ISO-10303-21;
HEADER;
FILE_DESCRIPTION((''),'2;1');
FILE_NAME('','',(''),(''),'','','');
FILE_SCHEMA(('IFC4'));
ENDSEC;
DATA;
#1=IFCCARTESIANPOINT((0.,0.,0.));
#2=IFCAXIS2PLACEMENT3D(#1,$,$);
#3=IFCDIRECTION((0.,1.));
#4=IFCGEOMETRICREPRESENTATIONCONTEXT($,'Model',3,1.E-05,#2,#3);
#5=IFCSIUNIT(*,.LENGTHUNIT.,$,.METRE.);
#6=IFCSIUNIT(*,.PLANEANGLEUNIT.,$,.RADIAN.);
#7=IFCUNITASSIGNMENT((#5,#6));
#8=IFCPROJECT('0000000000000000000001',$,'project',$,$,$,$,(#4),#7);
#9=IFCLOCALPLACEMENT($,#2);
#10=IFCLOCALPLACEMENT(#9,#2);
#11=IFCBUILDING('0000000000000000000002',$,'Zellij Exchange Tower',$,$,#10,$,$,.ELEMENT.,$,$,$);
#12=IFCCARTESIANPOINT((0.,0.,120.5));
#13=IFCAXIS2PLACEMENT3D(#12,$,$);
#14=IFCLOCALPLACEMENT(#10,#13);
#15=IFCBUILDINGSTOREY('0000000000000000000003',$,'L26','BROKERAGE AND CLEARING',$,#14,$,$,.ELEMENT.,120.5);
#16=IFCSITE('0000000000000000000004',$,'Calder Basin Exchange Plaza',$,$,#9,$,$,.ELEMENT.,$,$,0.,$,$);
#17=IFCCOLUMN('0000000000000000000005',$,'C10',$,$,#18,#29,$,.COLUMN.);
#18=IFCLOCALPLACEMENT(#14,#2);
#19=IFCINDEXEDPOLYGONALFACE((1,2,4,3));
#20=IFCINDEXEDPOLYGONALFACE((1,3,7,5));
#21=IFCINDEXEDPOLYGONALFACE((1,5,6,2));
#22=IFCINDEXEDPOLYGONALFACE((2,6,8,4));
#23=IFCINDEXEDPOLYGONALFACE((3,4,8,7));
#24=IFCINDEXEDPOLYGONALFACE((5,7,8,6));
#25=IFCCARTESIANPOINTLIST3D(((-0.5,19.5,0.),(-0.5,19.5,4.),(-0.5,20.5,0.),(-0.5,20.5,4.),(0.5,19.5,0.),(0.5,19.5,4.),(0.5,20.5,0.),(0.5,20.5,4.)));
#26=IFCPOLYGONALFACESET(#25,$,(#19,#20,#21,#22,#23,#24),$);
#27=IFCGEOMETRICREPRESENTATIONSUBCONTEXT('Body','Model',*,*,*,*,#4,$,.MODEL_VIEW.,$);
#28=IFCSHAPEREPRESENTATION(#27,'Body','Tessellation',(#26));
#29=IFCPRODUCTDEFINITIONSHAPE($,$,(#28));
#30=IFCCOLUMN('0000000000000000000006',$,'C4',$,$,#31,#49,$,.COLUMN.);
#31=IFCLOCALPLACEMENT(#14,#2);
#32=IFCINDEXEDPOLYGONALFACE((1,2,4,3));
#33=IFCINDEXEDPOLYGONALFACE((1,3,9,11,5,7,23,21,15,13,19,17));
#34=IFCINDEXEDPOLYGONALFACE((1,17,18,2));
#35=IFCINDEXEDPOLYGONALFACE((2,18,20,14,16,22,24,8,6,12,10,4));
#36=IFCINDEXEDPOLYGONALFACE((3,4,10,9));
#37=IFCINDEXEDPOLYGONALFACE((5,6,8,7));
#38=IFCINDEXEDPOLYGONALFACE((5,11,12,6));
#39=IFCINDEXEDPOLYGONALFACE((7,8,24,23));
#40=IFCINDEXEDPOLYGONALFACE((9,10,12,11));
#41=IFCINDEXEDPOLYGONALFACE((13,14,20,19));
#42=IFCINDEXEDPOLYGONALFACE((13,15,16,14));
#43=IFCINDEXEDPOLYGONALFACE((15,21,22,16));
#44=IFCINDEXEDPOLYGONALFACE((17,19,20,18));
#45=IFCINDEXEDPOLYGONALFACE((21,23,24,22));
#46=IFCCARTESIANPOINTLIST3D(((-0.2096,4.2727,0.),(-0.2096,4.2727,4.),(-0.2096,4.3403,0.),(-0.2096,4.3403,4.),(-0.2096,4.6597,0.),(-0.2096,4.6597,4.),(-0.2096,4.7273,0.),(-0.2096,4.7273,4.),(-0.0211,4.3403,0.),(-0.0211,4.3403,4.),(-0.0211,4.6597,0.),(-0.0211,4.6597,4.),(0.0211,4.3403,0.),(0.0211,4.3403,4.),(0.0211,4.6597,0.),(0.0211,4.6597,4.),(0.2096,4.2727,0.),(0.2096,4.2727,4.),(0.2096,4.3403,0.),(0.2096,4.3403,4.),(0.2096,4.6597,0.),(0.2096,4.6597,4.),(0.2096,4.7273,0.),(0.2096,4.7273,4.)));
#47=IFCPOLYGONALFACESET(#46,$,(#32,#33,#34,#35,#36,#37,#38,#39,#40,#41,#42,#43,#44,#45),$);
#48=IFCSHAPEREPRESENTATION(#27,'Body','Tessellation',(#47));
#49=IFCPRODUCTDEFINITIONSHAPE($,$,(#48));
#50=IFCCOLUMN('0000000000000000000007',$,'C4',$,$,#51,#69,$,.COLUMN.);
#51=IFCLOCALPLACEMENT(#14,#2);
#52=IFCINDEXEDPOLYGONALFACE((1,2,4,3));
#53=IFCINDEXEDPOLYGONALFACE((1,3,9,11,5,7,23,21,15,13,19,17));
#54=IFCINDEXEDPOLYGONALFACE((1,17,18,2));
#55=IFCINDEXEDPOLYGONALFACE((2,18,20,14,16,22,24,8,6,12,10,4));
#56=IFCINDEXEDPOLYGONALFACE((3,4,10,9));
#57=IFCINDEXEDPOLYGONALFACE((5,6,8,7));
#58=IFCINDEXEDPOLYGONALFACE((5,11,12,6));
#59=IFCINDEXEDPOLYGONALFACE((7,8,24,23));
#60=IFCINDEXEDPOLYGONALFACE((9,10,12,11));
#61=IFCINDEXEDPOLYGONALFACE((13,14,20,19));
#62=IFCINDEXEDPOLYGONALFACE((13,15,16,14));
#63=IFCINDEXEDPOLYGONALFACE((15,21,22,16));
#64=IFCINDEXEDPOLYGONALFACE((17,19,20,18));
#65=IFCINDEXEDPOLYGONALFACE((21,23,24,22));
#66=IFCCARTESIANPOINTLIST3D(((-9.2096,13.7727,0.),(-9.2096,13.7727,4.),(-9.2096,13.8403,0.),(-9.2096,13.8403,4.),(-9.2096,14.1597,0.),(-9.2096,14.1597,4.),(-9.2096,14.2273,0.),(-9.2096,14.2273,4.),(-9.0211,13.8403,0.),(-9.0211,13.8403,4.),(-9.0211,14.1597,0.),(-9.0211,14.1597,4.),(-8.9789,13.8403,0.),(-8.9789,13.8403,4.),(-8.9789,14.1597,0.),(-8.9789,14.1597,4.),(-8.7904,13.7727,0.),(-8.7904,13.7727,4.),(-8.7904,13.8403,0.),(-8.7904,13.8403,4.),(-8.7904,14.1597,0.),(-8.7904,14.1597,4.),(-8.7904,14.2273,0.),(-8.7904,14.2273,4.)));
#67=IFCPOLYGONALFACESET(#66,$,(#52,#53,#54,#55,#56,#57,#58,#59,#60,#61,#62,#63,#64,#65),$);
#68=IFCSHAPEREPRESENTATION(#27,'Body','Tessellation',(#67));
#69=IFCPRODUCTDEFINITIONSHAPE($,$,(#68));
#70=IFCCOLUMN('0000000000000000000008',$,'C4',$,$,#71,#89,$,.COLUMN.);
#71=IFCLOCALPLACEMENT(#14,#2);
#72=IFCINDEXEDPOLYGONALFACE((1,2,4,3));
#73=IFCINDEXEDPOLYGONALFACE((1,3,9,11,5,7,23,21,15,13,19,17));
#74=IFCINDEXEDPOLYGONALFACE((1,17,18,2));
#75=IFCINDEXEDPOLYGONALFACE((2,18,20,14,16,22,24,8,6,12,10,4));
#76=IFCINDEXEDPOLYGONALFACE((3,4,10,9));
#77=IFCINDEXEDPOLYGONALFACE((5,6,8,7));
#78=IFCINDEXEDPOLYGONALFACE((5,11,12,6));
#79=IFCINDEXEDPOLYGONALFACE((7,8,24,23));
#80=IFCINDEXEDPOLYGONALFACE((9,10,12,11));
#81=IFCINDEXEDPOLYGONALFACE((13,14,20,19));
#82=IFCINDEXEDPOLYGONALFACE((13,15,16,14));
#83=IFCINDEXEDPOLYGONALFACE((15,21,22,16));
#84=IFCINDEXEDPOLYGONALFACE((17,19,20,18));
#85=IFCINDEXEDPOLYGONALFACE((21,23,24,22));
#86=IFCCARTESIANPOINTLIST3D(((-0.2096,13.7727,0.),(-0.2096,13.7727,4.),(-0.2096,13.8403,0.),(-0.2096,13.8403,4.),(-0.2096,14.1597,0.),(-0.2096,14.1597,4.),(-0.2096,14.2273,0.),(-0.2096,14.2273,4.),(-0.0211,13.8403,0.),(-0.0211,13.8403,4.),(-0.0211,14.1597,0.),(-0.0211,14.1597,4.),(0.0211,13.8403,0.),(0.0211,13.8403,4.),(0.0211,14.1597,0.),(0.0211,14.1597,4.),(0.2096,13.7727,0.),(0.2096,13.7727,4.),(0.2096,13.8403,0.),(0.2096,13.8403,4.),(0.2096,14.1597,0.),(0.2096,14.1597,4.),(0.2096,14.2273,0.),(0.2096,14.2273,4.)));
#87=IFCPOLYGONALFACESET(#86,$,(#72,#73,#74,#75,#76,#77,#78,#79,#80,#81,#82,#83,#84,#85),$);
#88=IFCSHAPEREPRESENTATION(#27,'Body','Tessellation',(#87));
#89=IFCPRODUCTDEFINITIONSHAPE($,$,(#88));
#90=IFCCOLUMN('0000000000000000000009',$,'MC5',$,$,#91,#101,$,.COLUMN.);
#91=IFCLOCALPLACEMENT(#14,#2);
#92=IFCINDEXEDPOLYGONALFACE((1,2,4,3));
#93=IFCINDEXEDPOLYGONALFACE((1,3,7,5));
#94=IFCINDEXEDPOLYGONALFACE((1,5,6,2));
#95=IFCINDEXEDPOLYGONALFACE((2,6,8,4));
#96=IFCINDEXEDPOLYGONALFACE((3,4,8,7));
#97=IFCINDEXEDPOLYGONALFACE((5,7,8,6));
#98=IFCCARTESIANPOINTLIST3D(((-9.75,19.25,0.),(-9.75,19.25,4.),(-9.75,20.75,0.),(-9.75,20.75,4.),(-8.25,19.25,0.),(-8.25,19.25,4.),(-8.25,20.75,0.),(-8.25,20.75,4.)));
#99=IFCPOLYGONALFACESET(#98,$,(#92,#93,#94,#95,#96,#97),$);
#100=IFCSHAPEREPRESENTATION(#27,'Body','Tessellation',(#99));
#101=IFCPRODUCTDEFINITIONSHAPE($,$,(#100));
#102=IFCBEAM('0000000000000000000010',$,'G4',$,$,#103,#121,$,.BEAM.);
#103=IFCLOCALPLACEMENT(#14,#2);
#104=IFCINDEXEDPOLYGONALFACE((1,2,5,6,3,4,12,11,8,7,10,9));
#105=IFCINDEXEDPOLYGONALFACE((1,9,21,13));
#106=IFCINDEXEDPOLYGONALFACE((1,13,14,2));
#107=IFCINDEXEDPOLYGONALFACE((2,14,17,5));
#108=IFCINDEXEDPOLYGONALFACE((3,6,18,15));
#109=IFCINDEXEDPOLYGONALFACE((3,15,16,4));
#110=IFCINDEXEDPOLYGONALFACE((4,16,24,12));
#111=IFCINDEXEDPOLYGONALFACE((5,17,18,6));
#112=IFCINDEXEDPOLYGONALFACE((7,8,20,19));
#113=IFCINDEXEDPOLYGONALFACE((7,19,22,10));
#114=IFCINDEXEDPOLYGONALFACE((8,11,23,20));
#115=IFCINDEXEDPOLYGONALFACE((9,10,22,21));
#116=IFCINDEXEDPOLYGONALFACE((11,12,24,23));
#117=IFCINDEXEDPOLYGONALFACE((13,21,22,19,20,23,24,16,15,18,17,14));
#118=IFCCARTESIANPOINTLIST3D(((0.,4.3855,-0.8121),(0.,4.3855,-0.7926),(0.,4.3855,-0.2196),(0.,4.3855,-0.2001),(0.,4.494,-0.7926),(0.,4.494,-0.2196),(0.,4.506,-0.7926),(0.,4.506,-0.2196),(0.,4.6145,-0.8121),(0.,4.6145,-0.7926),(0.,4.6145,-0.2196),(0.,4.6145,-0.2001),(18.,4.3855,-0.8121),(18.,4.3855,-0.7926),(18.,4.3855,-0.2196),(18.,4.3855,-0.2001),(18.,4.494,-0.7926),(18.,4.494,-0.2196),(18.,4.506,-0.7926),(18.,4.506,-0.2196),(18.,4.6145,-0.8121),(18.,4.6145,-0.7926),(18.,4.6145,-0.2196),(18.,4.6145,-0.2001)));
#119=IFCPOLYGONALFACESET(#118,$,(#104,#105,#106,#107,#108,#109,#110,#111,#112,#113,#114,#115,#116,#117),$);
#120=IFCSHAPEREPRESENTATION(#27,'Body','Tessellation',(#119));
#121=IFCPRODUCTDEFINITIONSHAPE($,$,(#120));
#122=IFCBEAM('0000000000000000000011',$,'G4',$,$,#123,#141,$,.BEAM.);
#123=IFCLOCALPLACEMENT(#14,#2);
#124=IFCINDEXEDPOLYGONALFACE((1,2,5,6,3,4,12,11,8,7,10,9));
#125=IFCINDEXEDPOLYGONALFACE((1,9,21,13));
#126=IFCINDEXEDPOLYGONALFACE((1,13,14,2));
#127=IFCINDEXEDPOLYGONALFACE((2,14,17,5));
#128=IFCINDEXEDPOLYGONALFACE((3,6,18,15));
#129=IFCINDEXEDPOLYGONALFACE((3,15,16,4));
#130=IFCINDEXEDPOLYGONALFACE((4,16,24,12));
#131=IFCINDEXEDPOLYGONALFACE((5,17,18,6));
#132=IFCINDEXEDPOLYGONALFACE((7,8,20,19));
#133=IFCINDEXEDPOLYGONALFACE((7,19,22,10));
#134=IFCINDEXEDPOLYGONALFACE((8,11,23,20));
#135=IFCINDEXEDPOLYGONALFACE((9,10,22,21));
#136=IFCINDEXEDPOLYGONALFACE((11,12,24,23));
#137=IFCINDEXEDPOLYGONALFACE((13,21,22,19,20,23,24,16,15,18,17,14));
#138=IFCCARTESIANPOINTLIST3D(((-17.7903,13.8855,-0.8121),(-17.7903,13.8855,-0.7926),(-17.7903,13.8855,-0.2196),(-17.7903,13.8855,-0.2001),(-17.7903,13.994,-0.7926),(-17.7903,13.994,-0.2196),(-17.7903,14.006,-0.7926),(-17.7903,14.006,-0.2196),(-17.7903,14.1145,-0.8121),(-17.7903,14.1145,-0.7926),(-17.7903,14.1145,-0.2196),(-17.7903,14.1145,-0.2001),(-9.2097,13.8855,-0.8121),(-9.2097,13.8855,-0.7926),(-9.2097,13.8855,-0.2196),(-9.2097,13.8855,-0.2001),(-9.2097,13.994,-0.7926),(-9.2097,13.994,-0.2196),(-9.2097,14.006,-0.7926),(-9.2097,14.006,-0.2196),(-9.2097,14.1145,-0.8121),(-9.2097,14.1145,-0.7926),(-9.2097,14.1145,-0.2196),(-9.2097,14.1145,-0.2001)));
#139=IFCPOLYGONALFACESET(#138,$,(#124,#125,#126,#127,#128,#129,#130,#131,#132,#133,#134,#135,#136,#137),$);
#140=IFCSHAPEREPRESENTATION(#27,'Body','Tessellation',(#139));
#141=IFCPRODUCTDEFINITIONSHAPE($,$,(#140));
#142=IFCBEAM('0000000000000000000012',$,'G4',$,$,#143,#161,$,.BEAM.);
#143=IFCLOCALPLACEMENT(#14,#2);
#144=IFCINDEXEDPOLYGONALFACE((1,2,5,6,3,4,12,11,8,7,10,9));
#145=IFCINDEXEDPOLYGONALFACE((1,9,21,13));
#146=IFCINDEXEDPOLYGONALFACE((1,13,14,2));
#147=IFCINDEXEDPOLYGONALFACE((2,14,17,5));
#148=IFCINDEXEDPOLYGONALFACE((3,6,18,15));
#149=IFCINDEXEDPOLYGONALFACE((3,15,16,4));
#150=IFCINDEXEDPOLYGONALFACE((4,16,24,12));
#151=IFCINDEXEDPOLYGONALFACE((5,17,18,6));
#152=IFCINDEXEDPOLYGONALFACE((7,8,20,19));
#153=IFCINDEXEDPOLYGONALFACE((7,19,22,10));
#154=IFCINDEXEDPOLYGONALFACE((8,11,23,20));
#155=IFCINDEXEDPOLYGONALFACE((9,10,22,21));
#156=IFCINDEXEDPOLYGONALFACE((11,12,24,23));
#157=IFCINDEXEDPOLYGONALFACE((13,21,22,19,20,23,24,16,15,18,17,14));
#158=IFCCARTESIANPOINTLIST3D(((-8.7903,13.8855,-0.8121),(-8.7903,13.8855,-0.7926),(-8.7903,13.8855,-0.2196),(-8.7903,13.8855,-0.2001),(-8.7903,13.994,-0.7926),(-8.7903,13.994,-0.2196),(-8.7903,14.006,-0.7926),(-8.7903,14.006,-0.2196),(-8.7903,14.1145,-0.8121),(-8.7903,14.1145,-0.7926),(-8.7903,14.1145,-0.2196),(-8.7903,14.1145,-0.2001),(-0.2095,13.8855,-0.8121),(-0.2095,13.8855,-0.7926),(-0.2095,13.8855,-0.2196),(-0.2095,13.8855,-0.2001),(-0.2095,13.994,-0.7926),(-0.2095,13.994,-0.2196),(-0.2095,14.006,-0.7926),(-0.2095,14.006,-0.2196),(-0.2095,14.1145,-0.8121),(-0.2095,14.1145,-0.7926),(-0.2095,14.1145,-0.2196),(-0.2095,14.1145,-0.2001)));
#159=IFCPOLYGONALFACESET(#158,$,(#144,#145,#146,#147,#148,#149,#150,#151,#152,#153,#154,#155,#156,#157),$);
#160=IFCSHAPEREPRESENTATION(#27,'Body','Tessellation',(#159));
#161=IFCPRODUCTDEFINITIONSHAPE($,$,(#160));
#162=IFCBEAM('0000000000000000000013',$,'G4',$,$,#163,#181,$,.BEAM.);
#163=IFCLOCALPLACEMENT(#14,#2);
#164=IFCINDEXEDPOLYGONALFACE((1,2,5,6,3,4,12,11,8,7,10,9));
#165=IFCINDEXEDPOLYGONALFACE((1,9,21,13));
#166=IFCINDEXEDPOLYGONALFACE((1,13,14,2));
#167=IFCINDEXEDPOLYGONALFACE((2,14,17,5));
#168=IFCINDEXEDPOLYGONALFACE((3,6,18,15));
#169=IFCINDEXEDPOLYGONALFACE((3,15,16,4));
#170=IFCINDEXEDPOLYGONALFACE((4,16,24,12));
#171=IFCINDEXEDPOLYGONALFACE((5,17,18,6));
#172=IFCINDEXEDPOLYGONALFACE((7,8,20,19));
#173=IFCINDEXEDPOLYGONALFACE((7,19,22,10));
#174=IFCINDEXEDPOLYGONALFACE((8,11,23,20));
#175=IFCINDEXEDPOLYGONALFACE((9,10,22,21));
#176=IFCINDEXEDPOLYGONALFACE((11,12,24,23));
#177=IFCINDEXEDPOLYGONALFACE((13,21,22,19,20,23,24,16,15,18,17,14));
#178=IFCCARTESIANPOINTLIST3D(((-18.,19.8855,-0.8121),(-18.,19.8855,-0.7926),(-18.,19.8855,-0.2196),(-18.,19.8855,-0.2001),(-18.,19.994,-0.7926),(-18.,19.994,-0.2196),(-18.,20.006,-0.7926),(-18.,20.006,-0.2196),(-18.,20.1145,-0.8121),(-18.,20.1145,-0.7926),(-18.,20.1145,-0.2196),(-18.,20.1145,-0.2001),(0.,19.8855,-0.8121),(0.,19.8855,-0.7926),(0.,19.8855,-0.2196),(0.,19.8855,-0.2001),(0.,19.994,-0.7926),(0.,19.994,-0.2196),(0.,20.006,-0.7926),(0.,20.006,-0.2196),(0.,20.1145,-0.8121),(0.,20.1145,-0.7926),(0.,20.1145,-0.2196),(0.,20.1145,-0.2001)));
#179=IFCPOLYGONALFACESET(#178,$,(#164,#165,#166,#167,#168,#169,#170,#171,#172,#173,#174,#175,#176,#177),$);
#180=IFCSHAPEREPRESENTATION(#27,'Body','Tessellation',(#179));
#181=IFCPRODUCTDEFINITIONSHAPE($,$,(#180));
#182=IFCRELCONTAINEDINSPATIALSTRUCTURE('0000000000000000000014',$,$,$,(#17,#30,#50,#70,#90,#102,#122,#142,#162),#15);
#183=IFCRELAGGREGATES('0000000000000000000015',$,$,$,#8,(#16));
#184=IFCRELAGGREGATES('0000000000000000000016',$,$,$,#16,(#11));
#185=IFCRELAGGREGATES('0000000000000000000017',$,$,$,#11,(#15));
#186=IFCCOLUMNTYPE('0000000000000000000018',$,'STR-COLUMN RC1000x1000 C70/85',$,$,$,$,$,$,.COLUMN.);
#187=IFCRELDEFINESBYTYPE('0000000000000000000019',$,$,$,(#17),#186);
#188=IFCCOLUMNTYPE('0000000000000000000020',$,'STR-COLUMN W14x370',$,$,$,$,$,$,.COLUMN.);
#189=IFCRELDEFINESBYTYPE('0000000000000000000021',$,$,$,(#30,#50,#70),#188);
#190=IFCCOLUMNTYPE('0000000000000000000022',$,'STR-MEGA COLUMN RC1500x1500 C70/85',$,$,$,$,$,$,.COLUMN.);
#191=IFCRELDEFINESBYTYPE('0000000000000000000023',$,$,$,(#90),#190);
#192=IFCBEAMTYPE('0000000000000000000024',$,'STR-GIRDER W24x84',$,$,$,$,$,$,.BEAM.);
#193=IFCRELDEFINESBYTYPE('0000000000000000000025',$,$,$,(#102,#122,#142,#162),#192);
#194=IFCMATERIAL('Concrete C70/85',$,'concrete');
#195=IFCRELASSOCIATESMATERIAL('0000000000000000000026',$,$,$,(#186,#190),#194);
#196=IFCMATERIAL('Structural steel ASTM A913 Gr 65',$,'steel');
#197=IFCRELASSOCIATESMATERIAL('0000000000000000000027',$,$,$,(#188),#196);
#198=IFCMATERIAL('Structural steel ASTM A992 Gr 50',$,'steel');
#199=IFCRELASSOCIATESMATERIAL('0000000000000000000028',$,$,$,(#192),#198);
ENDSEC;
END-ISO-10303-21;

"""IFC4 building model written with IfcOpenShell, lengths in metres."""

from ifc_helpers import new_model, si_unit, direction, frame, origin, origin_2d, place, context, subcontext, project, spatial, rectangle, i_section, extrude, material, material_profile, profile_set, type_object, element, save


model = new_model("IFC4")

# Units and contexts
model_context = context("Model", 3, precision=1e-05, world=origin(), true_north=direction((0.0, 1.0)))
body_context = subcontext(model_context, "Body", "Model", "MODEL_VIEW")
ifc_project = project(units=[si_unit("LENGTHUNIT", "METRE"), si_unit("PLANEANGLEUNIT", "RADIAN")], contexts=[model_context])

# Site, building, storey
site_placement = place(None, origin())
site = spatial("IfcSite", under=ifc_project, at=site_placement, Name="Calder Basin Exchange Plaza", CompositionType="ELEMENT", RefElevation=0.0)
building_placement = place(site_placement, origin())
building = spatial("IfcBuilding", under=site, at=building_placement, Name="Zellij Exchange Tower", CompositionType="ELEMENT")
storey_placement = place(building_placement, frame((0.0, 0.0, 120.5)))
storey = spatial("IfcBuildingStorey", under=building, at=storey_placement, Name="L26", Description="BROKERAGE AND CLEARING", CompositionType="ELEMENT", Elevation=120.5)

# Columns
ifc_material_1 = material(Name="Concrete C70/85", Category="concrete")
ifc_material_profile_1 = material_profile(ifc_material_1, rectangle(XDim=1.0, YDim=1.0, at=origin_2d()), Name="STR-COLUMN RC1000x1000 C70/85")
ifc_profile_set_1 = profile_set([ifc_material_profile_1], Name="Concrete C70/85")
column_type_1 = type_object("IfcColumnType", Name="STR-COLUMN RC1000x1000 C70/85", PredefinedType="COLUMN", material=ifc_profile_set_1)
column_1_placement = place(storey_placement, frame((0.0, 20.0, 0.0), z_axis=(0.0, 0.0, 1.0), x_axis=(1.0, 0.0, 0.0)))
element("IfcColumn", 1, at=column_1_placement, inside=storey, type_object=column_type_1, Name="C10", PredefinedType="COLUMN", context=body_context, shape_type="SweptSolid", body=[
    extrude(rectangle(XDim=1.0, YDim=1.0, at=origin_2d()), origin(), (0.0, 0.0, 1.0), 4.0),
])
ifc_material_2 = material(Name="Structural steel ASTM A913 Gr 65", Category="steel")
ifc_material_profile_2 = material_profile(ifc_material_2, i_section(OverallWidth=0.4192, OverallDepth=0.4546, WebThickness=0.0422, FlangeThickness=0.0676, at=origin_2d()), Name="W14x370")
ifc_profile_set_2 = profile_set([ifc_material_profile_2], Name="Structural steel ASTM A913 Gr 65")
column_type_2 = type_object("IfcColumnType", Name="STR-COLUMN W14x370", PredefinedType="COLUMN", material=ifc_profile_set_2)
for number, where, z_axis, x_axis, name in (
    (2, (0.0, 4.5, 0.0), (0.0, 0.0, 1.0), (1.0, 0.0, 0.0), "C4"),
    (3, (-9.0, 14.0, 0.0), (0.0, 0.0, 1.0), (1.0, 0.0, 0.0), "C4"),
    (4, (0.0, 14.0, 0.0), (0.0, 0.0, 1.0), (1.0, 0.0, 0.0), "C4"),
):
    element("IfcColumn", number, at=place(storey_placement, frame(where, z_axis=z_axis, x_axis=x_axis)), inside=storey, type_object=column_type_2, Name=name, PredefinedType="COLUMN", context=body_context, shape_type="SweptSolid", body=[
        extrude(i_section(OverallWidth=0.4192, OverallDepth=0.4546, WebThickness=0.0422, FlangeThickness=0.0676, at=origin_2d()), origin(), (0.0, 0.0, 1.0), 4.0),
    ])
ifc_material_profile_3 = material_profile(ifc_material_1, rectangle(XDim=1.5, YDim=1.5, at=origin_2d()), Name="STR-MEGA COLUMN RC1500x1500 C70/85")
ifc_profile_set_3 = profile_set([ifc_material_profile_3], Name="Concrete C70/85")
column_type_3 = type_object("IfcColumnType", Name="STR-MEGA COLUMN RC1500x1500 C70/85", PredefinedType="COLUMN", material=ifc_profile_set_3)
column_2_placement = place(storey_placement, frame((-9.0, 20.0, 0.0), z_axis=(0.0, 0.0, 1.0), x_axis=(1.0, 0.0, 0.0)))
element("IfcColumn", 5, at=column_2_placement, inside=storey, type_object=column_type_3, Name="MC5", PredefinedType="COLUMN", context=body_context, shape_type="SweptSolid", body=[
    extrude(rectangle(XDim=1.5, YDim=1.5, at=origin_2d()), origin(), (0.0, 0.0, 1.0), 4.0),
])

# Beams
ifc_material_3 = material(Name="Structural steel ASTM A992 Gr 50", Category="steel")
ifc_material_profile_4 = material_profile(ifc_material_3, i_section(OverallWidth=0.229, OverallDepth=0.6121, WebThickness=0.012, FlangeThickness=0.0195, at=origin_2d()), Name="W24x84")
ifc_profile_set_4 = profile_set([ifc_material_profile_4], Name="Structural steel ASTM A992 Gr 50")
beam_type = type_object("IfcBeamType", Name="STR-GIRDER W24x84", PredefinedType="BEAM", material=ifc_profile_set_4)
beam_1_placement = place(storey_placement, frame((0.0, 4.5, -0.5061), z_axis=(1.0, 0.0, 0.0), x_axis=(0.0, 1.0, 0.0)))
element("IfcBeam", 6, at=beam_1_placement, inside=storey, type_object=beam_type, Name="G4", PredefinedType="BEAM", context=body_context, shape_type="SweptSolid", body=[
    extrude(i_section(OverallWidth=0.229, OverallDepth=0.6121, WebThickness=0.012, FlangeThickness=0.0195, at=origin_2d()), origin(), (0.0, 0.0, 1.0), 18.0),
])
beam_2_placement = place(storey_placement, frame((-17.7903, 14.0, -0.5061), z_axis=(1.0, 0.0, 0.0), x_axis=(0.0, 1.0, 0.0)))
element("IfcBeam", 7, at=beam_2_placement, inside=storey, type_object=beam_type, Name="G4", PredefinedType="BEAM", context=body_context, shape_type="SweptSolid", body=[
    extrude(i_section(OverallWidth=0.229, OverallDepth=0.6121, WebThickness=0.012, FlangeThickness=0.0195, at=origin_2d()), origin(), (0.0, 0.0, 1.0), 8.5806),
])
beam_3_placement = place(storey_placement, frame((-8.7903, 14.0, -0.5061), z_axis=(1.0, 0.0, 0.0), x_axis=(0.0, 1.0, 0.0)))
element("IfcBeam", 8, at=beam_3_placement, inside=storey, type_object=beam_type, Name="G4", PredefinedType="BEAM", context=body_context, shape_type="SweptSolid", body=[
    extrude(i_section(OverallWidth=0.229, OverallDepth=0.6121, WebThickness=0.012, FlangeThickness=0.0195, at=origin_2d()), origin(), (0.0, 0.0, 1.0), 8.5808),
])
for number, where, z_axis, x_axis, name in (
    (9, (-18.0, 20.0, -0.5061), (1.0, 0.0, 0.0), (0.0, 1.0, 0.0), "G4"),
):
    element("IfcBeam", number, at=place(storey_placement, frame(where, z_axis=z_axis, x_axis=x_axis)), inside=storey, type_object=beam_type, Name=name, PredefinedType="BEAM", context=body_context, shape_type="SweptSolid", body=[
        extrude(i_section(OverallWidth=0.229, OverallDepth=0.6121, WebThickness=0.012, FlangeThickness=0.0195, at=origin_2d()), origin(), (0.0, 0.0, 1.0), 18.0),
    ])

save(model, "model.ifc")
